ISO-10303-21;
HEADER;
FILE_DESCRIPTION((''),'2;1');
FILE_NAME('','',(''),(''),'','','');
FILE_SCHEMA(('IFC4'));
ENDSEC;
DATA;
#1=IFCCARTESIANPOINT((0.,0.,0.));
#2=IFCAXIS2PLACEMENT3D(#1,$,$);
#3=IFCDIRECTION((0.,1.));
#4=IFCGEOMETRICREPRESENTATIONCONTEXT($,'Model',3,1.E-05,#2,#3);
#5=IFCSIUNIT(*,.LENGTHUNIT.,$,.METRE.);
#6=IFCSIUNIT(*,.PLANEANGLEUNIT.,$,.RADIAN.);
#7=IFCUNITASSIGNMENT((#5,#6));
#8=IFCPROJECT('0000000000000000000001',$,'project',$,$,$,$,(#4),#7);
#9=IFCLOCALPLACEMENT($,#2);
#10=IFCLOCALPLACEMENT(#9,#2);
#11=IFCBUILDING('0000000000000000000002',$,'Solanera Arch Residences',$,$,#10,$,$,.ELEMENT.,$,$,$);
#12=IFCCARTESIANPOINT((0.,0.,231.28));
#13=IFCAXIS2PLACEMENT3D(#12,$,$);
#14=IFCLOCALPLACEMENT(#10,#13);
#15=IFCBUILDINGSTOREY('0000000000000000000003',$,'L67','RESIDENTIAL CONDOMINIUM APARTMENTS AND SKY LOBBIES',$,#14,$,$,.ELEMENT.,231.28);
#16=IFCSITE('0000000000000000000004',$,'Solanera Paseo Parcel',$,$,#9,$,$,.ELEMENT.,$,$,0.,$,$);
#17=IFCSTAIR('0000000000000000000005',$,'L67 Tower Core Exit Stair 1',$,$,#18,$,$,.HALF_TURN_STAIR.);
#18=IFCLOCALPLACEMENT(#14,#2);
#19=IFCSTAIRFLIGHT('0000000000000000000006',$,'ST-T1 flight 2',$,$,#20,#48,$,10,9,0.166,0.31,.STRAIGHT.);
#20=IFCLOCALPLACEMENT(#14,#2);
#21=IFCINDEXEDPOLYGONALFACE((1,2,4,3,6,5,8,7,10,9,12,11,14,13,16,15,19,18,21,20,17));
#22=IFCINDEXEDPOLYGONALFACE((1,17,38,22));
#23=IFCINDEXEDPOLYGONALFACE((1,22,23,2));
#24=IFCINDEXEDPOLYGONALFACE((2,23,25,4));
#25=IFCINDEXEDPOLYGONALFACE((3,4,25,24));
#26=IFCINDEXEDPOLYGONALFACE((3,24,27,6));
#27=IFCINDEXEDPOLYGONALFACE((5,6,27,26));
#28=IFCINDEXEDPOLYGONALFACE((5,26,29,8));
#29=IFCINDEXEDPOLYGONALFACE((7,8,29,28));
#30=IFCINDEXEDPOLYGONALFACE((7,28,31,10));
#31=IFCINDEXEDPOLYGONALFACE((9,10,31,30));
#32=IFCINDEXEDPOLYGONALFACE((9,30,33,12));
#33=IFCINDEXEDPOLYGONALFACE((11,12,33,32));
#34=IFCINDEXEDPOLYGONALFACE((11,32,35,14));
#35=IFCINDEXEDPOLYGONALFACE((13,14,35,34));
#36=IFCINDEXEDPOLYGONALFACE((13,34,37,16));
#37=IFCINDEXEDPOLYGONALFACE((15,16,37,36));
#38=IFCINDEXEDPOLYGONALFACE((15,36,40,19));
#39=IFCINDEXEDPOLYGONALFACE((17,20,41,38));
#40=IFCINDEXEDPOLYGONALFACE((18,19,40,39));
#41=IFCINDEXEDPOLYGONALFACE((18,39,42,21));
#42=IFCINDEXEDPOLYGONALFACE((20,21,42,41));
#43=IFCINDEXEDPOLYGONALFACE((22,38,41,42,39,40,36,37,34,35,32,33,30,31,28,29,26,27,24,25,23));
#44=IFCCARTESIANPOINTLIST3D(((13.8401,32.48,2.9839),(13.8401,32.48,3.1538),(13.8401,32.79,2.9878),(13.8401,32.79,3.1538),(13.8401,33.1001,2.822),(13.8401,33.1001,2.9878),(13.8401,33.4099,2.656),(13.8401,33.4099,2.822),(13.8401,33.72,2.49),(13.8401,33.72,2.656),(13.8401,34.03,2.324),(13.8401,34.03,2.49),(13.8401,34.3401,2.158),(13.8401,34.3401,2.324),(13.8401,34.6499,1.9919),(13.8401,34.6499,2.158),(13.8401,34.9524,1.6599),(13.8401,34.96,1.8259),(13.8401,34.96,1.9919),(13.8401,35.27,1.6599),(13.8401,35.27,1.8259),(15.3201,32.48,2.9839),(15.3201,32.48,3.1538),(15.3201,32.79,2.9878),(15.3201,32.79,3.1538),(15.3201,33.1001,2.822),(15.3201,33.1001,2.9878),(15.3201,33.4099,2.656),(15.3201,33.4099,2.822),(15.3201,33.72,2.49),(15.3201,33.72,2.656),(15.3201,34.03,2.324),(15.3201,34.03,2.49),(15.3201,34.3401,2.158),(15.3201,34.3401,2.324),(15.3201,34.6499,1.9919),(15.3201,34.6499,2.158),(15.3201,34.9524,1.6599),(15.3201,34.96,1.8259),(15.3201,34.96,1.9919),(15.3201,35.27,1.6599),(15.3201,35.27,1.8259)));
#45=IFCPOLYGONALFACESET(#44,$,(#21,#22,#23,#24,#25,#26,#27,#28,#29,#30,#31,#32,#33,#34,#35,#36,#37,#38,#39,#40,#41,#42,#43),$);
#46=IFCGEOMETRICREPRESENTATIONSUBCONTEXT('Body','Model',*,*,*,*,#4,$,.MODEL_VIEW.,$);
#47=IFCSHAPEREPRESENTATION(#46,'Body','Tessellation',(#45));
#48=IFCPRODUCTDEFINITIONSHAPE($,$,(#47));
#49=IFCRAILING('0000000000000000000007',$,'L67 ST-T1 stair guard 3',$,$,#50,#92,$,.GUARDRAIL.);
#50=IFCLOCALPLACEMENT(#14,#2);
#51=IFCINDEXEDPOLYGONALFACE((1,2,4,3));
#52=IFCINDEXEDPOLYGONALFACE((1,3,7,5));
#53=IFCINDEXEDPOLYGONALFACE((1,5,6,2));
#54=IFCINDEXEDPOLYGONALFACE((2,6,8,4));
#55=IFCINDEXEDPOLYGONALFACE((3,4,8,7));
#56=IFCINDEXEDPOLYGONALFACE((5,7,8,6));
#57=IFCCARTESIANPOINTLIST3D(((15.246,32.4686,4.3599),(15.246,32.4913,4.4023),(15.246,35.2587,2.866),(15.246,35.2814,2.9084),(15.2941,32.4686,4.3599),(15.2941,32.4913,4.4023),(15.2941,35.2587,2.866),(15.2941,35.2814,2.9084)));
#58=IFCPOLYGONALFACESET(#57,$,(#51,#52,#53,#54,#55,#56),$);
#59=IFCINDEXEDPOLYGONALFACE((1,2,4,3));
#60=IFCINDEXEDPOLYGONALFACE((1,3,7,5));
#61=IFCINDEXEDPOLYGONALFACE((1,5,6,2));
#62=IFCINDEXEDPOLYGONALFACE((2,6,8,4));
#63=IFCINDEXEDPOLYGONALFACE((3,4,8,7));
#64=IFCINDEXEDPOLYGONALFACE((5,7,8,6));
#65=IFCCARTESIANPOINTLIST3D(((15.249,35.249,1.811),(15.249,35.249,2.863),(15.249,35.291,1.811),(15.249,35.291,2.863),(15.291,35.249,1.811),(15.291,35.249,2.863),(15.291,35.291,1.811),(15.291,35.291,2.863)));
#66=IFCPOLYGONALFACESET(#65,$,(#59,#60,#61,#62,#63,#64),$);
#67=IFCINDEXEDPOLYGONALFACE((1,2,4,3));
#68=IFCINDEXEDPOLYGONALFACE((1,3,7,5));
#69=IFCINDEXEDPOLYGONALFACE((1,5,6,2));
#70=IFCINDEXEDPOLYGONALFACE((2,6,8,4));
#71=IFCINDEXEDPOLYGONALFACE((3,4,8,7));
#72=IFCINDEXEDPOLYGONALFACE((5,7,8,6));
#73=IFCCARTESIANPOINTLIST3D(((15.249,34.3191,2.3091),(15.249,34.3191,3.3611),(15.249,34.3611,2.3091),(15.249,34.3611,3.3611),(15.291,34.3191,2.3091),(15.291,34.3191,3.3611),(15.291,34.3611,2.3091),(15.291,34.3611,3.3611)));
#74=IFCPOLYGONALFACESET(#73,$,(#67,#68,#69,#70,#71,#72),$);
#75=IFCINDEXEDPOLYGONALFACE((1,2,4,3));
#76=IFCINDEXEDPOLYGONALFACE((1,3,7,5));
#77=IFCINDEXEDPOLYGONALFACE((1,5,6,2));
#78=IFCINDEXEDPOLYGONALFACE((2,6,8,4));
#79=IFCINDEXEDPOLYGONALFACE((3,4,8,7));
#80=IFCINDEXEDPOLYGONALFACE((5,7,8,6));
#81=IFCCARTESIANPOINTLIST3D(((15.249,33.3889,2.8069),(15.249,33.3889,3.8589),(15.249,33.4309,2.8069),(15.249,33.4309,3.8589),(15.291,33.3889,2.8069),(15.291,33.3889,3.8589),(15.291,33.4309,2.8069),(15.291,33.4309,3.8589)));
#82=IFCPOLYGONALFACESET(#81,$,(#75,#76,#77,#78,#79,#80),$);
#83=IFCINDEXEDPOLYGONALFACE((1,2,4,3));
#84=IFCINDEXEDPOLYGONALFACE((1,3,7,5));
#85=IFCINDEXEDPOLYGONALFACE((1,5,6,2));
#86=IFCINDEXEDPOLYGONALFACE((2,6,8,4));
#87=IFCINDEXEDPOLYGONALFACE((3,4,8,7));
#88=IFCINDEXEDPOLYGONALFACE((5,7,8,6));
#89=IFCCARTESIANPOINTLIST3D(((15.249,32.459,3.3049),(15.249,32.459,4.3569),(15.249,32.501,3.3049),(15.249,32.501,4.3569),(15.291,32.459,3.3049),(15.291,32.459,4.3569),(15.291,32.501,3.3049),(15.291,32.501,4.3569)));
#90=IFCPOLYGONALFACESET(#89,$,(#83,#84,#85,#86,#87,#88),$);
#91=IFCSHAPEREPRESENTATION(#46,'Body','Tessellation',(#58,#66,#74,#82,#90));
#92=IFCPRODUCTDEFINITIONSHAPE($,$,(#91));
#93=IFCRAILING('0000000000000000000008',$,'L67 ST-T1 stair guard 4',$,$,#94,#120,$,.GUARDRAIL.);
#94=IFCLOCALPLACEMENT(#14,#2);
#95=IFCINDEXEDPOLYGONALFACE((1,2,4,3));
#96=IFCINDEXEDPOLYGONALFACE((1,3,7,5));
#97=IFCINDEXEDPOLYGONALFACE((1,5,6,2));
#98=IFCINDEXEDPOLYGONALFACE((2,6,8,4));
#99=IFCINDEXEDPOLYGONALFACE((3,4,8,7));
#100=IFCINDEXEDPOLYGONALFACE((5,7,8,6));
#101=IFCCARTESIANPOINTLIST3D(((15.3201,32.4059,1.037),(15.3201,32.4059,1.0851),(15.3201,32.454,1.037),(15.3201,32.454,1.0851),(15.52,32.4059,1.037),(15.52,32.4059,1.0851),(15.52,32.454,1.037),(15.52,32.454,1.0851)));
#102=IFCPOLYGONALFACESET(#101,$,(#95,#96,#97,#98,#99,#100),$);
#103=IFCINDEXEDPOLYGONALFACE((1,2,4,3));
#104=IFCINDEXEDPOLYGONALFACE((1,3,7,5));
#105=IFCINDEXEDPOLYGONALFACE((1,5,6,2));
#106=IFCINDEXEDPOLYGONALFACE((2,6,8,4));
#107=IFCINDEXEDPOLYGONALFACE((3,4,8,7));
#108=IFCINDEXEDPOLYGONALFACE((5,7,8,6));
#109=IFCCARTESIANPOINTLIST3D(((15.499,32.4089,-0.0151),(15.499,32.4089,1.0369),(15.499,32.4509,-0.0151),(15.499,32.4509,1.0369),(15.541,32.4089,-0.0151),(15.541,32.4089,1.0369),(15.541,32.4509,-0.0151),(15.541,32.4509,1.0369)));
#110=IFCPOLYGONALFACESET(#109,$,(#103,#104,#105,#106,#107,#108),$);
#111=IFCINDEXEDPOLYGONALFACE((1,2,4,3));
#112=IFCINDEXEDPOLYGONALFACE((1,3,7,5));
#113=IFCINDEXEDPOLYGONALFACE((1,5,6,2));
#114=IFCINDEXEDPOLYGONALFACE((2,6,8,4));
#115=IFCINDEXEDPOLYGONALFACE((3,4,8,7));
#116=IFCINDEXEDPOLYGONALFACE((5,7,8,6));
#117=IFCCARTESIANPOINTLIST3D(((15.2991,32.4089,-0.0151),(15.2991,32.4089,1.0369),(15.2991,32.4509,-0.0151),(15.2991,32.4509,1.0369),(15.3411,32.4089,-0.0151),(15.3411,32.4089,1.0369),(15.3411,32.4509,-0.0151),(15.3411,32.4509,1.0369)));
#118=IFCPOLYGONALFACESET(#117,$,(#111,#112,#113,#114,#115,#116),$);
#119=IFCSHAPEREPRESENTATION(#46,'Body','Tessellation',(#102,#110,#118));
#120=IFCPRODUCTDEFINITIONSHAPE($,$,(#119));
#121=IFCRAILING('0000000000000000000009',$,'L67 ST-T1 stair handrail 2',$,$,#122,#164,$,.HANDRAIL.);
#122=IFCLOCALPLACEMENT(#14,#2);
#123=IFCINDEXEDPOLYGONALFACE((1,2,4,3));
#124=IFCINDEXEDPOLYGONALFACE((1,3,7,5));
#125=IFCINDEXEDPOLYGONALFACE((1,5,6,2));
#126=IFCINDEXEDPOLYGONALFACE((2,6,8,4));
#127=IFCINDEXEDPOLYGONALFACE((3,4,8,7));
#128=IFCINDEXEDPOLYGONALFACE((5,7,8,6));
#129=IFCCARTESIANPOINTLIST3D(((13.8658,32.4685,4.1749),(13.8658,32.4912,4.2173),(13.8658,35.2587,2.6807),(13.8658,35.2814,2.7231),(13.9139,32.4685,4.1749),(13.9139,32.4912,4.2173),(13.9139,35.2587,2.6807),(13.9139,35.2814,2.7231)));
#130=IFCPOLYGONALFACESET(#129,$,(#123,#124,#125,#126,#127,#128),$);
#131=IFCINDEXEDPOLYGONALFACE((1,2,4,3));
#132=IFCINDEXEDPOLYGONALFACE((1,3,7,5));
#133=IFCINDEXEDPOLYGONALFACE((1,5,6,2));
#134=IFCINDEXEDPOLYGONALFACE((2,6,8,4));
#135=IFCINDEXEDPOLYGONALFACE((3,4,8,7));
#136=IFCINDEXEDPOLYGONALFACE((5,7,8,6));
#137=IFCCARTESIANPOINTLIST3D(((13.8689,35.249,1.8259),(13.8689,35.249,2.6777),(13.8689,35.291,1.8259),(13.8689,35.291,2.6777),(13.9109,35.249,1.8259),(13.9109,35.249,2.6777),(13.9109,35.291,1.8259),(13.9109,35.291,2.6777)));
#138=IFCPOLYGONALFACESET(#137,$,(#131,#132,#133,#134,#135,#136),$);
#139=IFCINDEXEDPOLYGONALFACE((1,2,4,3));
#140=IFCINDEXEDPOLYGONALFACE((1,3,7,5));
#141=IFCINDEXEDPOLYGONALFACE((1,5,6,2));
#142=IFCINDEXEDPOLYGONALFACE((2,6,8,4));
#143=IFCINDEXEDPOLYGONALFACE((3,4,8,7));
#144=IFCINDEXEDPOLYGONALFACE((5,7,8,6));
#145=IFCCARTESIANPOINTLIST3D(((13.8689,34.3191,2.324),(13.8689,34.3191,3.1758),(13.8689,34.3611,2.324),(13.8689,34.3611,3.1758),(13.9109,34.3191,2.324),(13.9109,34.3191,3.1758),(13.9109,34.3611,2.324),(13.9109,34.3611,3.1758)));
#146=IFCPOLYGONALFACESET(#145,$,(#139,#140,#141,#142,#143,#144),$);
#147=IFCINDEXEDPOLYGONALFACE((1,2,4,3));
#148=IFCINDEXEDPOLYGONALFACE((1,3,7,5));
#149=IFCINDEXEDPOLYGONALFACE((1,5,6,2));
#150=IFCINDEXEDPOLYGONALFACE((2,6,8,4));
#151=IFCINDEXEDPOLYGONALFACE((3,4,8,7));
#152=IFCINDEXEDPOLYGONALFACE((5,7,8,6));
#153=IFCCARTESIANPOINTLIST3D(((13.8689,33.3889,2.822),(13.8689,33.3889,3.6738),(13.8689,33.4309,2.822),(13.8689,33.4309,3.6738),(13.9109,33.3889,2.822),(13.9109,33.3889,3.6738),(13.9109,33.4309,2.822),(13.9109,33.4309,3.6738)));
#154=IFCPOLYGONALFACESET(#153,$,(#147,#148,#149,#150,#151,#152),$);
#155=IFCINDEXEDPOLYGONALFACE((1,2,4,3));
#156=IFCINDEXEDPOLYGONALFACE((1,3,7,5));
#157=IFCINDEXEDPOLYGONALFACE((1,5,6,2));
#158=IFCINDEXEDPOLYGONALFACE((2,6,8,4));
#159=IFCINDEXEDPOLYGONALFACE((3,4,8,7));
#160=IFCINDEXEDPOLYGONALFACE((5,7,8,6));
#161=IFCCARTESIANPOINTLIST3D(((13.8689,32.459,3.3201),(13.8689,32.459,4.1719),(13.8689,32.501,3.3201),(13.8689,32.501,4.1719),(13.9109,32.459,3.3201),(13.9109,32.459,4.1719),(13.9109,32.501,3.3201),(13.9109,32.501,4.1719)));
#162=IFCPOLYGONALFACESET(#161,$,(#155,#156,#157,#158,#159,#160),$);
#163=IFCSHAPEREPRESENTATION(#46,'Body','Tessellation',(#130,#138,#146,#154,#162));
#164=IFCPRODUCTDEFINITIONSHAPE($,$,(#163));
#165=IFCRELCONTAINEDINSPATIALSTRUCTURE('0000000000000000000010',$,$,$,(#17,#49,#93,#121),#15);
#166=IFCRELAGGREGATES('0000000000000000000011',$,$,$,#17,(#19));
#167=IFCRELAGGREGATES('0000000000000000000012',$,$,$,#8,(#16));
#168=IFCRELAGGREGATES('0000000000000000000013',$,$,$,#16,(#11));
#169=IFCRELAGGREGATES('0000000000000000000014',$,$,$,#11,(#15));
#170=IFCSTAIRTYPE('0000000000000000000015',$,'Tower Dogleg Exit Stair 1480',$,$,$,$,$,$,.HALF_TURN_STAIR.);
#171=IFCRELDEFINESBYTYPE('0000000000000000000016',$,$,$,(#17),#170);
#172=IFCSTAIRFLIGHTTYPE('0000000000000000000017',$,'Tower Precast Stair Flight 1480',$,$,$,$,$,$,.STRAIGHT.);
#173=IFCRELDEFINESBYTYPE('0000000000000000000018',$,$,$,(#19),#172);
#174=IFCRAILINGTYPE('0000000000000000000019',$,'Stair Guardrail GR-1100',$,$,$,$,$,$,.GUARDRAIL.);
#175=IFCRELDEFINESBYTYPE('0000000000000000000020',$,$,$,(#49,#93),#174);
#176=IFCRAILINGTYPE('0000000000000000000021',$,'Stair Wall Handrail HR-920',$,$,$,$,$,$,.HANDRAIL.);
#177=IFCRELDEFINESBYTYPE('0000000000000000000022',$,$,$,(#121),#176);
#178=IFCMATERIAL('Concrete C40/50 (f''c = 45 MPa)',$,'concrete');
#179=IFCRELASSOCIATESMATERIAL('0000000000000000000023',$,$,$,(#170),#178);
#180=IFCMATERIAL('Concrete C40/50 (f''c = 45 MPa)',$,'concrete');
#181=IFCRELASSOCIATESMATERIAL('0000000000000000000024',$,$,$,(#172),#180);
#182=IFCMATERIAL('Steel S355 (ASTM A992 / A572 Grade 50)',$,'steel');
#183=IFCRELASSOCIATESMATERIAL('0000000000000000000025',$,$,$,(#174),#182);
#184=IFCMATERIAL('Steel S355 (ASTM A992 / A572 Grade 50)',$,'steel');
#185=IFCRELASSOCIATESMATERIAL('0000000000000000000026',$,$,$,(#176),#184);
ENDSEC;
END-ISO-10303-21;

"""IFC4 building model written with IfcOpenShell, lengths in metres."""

from ifc_helpers import new_model, si_unit, direction, frame, origin, origin_2d, place, context, subcontext, project, spatial, polyline, rectangle, outline, extrude, material, type_object, element, aggregate, save


model = new_model("IFC4")

# Units and contexts
model_context = context("Model", 3, precision=1e-05, world=origin(), true_north=direction((0.0, 1.0)))
body_context = subcontext(model_context, "Body", "Model", "MODEL_VIEW")
ifc_project = project(units=[si_unit("LENGTHUNIT", "METRE"), si_unit("PLANEANGLEUNIT", "RADIAN")], contexts=[model_context])

# Site, building, storey
site_placement = place(None, origin())
site = spatial("IfcSite", under=ifc_project, at=site_placement, Name="Solanera Paseo Parcel", CompositionType="ELEMENT", RefElevation=0.0)
building_placement = place(site_placement, origin())
building = spatial("IfcBuilding", under=site, at=building_placement, Name="Solanera Arch Residences", CompositionType="ELEMENT")
storey_placement = place(building_placement, frame((0.0, 0.0, 231.28)))
storey = spatial("IfcBuildingStorey", under=building, at=storey_placement, Name="L67", Description="RESIDENTIAL CONDOMINIUM APARTMENTS AND SKY LOBBIES", CompositionType="ELEMENT", Elevation=231.28)

# Stair, stair flight
ifc_material_1 = material(Name="Concrete C40/50 (f'c = 45 MPa)", Category="concrete")
stair_type = type_object("IfcStairType", Name="Tower Dogleg Exit Stair 1480", PredefinedType="HALF_TURN_STAIR", material=ifc_material_1)
stair_placement = place(storey_placement, origin())
stair = element("IfcStair", 1, at=stair_placement, inside=storey, type_object=stair_type, Name="L67 Tower Core Exit Stair 1", PredefinedType="HALF_TURN_STAIR")
ifc_material_2 = material(Name="Concrete C40/50 (f'c = 45 MPa)", Category="concrete")
stair_flight_type = type_object("IfcStairFlightType", Name="Tower Precast Stair Flight 1480", PredefinedType="STRAIGHT", material=ifc_material_2)
stair_flight_placement = place(storey_placement, frame((14.5801, 35.27, 1.6599), z_axis=(0.0, 0.0, 1.0), x_axis=(0.0, -1.0, 0.0)))
stair_flight = element("IfcStairFlight", 2, at=stair_flight_placement, type_object=stair_flight_type, Name="ST-T1 flight 2", NumberOfRisers=10, NumberOfTreads=9, PredefinedType="STRAIGHT", RiserHeight=0.166, TreadLength=0.31, context=body_context, shape_type="SweptSolid", body=[
    extrude(outline(polyline([(0.0, 0.0), (0.0, 0.166), (0.3101, 0.166), (0.3101, 0.332), (0.6201, 0.332), (0.6201, 0.498), (0.9299, 0.498), (0.9299, 0.6641), (1.24, 0.6641), (1.24, 0.8301), (1.55, 0.8301), (1.55, 0.9961), (1.8601, 0.9961), (1.8601, 1.1621), (2.1699, 1.1621), (2.1699, 1.3279), (2.48, 1.3279), (2.48, 1.4939), (2.79, 1.4939), (2.79, 1.6599), (2.79, 1.324), (0.3176, 0.0), (0.0, 0.0)])), frame((0.0, 0.74, 0.0), z_axis=(0.0, -1.0, 0.0), x_axis=(1.0, 0.0, 0.0)), (0.0, 0.0, 1.0), 1.48),
])
aggregate(stair, [stair_flight])

# Railings
ifc_material_3 = material(Name="Steel S355 (ASTM A992 / A572 Grade 50)", Category="steel")
railing_type_1 = type_object("IfcRailingType", Name="Stair Guardrail GR-1100", PredefinedType="GUARDRAIL", material=ifc_material_3)
railing_1_placement = place(storey_placement, frame((15.27, 35.27, 1.811)))
element("IfcRailing", 3, at=railing_1_placement, inside=storey, type_object=railing_type_1, Name="L67 ST-T1 stair guard 3", PredefinedType="GUARDRAIL", context=body_context, shape_type="SweptSolid", body=[
    extrude(rectangle(XDim=0.0481, YDim=0.0481, at=origin_2d()), frame((0.0, 0.0, 1.0762), z_axis=(0.0, -0.881581, 0.472033), x_axis=(1.0, 0.0, 0.0)), (0.0, 0.0, 1.0), 3.1648),
    extrude(rectangle(XDim=0.042, YDim=0.042, at=origin_2d()), origin(), (0.0, 0.0, 1.0), 1.052),
    extrude(rectangle(XDim=0.042, YDim=0.042, at=origin_2d()), frame((0.0, -0.9299, 0.498)), (0.0, 0.0, 1.0), 1.052),
    extrude(rectangle(XDim=0.042, YDim=0.042, at=origin_2d()), frame((0.0, -1.8601, 0.9958)), (0.0, 0.0, 1.0), 1.052),
    extrude(rectangle(XDim=0.042, YDim=0.042, at=origin_2d()), frame((0.0, -2.79, 1.4939)), (0.0, 0.0, 1.0), 1.052),
])
railing_2_placement = place(storey_placement, frame((15.52, 32.4299, -0.0151)))
element("IfcRailing", 4, at=railing_2_placement, inside=storey, type_object=railing_type_1, Name="L67 ST-T1 stair guard 4", PredefinedType="GUARDRAIL", context=body_context, shape_type="SweptSolid", body=[
    extrude(rectangle(XDim=0.0481, YDim=0.0481, at=origin_2d()), frame((0.0, 0.0, 1.0762), z_axis=(-1.0, 0.0, 0.0), x_axis=(0.0, -1.0, 0.0)), (0.0, 0.0, 1.0), 0.2),
    extrude(rectangle(XDim=0.042, YDim=0.042, at=origin_2d()), origin(), (0.0, 0.0, 1.0), 1.052),
    extrude(rectangle(XDim=0.042, YDim=0.042, at=origin_2d()), frame((-0.2, 0.0, 0.0)), (0.0, 0.0, 1.0), 1.052),
])
ifc_material_4 = material(Name="Steel S355 (ASTM A992 / A572 Grade 50)", Category="steel")
railing_type_2 = type_object("IfcRailingType", Name="Stair Wall Handrail HR-920", PredefinedType="HANDRAIL", material=ifc_material_4)
railing_3_placement = place(storey_placement, frame((13.8899, 35.27, 1.8259)))
element("IfcRailing", 5, at=railing_3_placement, inside=storey, type_object=railing_type_2, Name="L67 ST-T1 stair handrail 2", PredefinedType="HANDRAIL", context=body_context, shape_type="SweptSolid", body=[
    extrude(rectangle(XDim=0.0481, YDim=0.0481, at=origin_2d()), frame((0.0, 0.0, 0.876), z_axis=(0.0, -0.881549, 0.472093), x_axis=(1.0, 0.0, 0.0)), (0.0, 0.0, 1.0), 3.165),
    extrude(rectangle(XDim=0.042, YDim=0.042, at=origin_2d()), origin(), (0.0, 0.0, 1.0), 0.8518),
    extrude(rectangle(XDim=0.042, YDim=0.042, at=origin_2d()), frame((0.0, -0.9299, 0.498)), (0.0, 0.0, 1.0), 0.8518),
    extrude(rectangle(XDim=0.042, YDim=0.042, at=origin_2d()), frame((0.0, -1.8601, 0.9961)), (0.0, 0.0, 1.0), 0.8518),
    extrude(rectangle(XDim=0.042, YDim=0.042, at=origin_2d()), frame((0.0, -2.79, 1.4941)), (0.0, 0.0, 1.0), 0.8518),
])

save(model, "model.ifc")
